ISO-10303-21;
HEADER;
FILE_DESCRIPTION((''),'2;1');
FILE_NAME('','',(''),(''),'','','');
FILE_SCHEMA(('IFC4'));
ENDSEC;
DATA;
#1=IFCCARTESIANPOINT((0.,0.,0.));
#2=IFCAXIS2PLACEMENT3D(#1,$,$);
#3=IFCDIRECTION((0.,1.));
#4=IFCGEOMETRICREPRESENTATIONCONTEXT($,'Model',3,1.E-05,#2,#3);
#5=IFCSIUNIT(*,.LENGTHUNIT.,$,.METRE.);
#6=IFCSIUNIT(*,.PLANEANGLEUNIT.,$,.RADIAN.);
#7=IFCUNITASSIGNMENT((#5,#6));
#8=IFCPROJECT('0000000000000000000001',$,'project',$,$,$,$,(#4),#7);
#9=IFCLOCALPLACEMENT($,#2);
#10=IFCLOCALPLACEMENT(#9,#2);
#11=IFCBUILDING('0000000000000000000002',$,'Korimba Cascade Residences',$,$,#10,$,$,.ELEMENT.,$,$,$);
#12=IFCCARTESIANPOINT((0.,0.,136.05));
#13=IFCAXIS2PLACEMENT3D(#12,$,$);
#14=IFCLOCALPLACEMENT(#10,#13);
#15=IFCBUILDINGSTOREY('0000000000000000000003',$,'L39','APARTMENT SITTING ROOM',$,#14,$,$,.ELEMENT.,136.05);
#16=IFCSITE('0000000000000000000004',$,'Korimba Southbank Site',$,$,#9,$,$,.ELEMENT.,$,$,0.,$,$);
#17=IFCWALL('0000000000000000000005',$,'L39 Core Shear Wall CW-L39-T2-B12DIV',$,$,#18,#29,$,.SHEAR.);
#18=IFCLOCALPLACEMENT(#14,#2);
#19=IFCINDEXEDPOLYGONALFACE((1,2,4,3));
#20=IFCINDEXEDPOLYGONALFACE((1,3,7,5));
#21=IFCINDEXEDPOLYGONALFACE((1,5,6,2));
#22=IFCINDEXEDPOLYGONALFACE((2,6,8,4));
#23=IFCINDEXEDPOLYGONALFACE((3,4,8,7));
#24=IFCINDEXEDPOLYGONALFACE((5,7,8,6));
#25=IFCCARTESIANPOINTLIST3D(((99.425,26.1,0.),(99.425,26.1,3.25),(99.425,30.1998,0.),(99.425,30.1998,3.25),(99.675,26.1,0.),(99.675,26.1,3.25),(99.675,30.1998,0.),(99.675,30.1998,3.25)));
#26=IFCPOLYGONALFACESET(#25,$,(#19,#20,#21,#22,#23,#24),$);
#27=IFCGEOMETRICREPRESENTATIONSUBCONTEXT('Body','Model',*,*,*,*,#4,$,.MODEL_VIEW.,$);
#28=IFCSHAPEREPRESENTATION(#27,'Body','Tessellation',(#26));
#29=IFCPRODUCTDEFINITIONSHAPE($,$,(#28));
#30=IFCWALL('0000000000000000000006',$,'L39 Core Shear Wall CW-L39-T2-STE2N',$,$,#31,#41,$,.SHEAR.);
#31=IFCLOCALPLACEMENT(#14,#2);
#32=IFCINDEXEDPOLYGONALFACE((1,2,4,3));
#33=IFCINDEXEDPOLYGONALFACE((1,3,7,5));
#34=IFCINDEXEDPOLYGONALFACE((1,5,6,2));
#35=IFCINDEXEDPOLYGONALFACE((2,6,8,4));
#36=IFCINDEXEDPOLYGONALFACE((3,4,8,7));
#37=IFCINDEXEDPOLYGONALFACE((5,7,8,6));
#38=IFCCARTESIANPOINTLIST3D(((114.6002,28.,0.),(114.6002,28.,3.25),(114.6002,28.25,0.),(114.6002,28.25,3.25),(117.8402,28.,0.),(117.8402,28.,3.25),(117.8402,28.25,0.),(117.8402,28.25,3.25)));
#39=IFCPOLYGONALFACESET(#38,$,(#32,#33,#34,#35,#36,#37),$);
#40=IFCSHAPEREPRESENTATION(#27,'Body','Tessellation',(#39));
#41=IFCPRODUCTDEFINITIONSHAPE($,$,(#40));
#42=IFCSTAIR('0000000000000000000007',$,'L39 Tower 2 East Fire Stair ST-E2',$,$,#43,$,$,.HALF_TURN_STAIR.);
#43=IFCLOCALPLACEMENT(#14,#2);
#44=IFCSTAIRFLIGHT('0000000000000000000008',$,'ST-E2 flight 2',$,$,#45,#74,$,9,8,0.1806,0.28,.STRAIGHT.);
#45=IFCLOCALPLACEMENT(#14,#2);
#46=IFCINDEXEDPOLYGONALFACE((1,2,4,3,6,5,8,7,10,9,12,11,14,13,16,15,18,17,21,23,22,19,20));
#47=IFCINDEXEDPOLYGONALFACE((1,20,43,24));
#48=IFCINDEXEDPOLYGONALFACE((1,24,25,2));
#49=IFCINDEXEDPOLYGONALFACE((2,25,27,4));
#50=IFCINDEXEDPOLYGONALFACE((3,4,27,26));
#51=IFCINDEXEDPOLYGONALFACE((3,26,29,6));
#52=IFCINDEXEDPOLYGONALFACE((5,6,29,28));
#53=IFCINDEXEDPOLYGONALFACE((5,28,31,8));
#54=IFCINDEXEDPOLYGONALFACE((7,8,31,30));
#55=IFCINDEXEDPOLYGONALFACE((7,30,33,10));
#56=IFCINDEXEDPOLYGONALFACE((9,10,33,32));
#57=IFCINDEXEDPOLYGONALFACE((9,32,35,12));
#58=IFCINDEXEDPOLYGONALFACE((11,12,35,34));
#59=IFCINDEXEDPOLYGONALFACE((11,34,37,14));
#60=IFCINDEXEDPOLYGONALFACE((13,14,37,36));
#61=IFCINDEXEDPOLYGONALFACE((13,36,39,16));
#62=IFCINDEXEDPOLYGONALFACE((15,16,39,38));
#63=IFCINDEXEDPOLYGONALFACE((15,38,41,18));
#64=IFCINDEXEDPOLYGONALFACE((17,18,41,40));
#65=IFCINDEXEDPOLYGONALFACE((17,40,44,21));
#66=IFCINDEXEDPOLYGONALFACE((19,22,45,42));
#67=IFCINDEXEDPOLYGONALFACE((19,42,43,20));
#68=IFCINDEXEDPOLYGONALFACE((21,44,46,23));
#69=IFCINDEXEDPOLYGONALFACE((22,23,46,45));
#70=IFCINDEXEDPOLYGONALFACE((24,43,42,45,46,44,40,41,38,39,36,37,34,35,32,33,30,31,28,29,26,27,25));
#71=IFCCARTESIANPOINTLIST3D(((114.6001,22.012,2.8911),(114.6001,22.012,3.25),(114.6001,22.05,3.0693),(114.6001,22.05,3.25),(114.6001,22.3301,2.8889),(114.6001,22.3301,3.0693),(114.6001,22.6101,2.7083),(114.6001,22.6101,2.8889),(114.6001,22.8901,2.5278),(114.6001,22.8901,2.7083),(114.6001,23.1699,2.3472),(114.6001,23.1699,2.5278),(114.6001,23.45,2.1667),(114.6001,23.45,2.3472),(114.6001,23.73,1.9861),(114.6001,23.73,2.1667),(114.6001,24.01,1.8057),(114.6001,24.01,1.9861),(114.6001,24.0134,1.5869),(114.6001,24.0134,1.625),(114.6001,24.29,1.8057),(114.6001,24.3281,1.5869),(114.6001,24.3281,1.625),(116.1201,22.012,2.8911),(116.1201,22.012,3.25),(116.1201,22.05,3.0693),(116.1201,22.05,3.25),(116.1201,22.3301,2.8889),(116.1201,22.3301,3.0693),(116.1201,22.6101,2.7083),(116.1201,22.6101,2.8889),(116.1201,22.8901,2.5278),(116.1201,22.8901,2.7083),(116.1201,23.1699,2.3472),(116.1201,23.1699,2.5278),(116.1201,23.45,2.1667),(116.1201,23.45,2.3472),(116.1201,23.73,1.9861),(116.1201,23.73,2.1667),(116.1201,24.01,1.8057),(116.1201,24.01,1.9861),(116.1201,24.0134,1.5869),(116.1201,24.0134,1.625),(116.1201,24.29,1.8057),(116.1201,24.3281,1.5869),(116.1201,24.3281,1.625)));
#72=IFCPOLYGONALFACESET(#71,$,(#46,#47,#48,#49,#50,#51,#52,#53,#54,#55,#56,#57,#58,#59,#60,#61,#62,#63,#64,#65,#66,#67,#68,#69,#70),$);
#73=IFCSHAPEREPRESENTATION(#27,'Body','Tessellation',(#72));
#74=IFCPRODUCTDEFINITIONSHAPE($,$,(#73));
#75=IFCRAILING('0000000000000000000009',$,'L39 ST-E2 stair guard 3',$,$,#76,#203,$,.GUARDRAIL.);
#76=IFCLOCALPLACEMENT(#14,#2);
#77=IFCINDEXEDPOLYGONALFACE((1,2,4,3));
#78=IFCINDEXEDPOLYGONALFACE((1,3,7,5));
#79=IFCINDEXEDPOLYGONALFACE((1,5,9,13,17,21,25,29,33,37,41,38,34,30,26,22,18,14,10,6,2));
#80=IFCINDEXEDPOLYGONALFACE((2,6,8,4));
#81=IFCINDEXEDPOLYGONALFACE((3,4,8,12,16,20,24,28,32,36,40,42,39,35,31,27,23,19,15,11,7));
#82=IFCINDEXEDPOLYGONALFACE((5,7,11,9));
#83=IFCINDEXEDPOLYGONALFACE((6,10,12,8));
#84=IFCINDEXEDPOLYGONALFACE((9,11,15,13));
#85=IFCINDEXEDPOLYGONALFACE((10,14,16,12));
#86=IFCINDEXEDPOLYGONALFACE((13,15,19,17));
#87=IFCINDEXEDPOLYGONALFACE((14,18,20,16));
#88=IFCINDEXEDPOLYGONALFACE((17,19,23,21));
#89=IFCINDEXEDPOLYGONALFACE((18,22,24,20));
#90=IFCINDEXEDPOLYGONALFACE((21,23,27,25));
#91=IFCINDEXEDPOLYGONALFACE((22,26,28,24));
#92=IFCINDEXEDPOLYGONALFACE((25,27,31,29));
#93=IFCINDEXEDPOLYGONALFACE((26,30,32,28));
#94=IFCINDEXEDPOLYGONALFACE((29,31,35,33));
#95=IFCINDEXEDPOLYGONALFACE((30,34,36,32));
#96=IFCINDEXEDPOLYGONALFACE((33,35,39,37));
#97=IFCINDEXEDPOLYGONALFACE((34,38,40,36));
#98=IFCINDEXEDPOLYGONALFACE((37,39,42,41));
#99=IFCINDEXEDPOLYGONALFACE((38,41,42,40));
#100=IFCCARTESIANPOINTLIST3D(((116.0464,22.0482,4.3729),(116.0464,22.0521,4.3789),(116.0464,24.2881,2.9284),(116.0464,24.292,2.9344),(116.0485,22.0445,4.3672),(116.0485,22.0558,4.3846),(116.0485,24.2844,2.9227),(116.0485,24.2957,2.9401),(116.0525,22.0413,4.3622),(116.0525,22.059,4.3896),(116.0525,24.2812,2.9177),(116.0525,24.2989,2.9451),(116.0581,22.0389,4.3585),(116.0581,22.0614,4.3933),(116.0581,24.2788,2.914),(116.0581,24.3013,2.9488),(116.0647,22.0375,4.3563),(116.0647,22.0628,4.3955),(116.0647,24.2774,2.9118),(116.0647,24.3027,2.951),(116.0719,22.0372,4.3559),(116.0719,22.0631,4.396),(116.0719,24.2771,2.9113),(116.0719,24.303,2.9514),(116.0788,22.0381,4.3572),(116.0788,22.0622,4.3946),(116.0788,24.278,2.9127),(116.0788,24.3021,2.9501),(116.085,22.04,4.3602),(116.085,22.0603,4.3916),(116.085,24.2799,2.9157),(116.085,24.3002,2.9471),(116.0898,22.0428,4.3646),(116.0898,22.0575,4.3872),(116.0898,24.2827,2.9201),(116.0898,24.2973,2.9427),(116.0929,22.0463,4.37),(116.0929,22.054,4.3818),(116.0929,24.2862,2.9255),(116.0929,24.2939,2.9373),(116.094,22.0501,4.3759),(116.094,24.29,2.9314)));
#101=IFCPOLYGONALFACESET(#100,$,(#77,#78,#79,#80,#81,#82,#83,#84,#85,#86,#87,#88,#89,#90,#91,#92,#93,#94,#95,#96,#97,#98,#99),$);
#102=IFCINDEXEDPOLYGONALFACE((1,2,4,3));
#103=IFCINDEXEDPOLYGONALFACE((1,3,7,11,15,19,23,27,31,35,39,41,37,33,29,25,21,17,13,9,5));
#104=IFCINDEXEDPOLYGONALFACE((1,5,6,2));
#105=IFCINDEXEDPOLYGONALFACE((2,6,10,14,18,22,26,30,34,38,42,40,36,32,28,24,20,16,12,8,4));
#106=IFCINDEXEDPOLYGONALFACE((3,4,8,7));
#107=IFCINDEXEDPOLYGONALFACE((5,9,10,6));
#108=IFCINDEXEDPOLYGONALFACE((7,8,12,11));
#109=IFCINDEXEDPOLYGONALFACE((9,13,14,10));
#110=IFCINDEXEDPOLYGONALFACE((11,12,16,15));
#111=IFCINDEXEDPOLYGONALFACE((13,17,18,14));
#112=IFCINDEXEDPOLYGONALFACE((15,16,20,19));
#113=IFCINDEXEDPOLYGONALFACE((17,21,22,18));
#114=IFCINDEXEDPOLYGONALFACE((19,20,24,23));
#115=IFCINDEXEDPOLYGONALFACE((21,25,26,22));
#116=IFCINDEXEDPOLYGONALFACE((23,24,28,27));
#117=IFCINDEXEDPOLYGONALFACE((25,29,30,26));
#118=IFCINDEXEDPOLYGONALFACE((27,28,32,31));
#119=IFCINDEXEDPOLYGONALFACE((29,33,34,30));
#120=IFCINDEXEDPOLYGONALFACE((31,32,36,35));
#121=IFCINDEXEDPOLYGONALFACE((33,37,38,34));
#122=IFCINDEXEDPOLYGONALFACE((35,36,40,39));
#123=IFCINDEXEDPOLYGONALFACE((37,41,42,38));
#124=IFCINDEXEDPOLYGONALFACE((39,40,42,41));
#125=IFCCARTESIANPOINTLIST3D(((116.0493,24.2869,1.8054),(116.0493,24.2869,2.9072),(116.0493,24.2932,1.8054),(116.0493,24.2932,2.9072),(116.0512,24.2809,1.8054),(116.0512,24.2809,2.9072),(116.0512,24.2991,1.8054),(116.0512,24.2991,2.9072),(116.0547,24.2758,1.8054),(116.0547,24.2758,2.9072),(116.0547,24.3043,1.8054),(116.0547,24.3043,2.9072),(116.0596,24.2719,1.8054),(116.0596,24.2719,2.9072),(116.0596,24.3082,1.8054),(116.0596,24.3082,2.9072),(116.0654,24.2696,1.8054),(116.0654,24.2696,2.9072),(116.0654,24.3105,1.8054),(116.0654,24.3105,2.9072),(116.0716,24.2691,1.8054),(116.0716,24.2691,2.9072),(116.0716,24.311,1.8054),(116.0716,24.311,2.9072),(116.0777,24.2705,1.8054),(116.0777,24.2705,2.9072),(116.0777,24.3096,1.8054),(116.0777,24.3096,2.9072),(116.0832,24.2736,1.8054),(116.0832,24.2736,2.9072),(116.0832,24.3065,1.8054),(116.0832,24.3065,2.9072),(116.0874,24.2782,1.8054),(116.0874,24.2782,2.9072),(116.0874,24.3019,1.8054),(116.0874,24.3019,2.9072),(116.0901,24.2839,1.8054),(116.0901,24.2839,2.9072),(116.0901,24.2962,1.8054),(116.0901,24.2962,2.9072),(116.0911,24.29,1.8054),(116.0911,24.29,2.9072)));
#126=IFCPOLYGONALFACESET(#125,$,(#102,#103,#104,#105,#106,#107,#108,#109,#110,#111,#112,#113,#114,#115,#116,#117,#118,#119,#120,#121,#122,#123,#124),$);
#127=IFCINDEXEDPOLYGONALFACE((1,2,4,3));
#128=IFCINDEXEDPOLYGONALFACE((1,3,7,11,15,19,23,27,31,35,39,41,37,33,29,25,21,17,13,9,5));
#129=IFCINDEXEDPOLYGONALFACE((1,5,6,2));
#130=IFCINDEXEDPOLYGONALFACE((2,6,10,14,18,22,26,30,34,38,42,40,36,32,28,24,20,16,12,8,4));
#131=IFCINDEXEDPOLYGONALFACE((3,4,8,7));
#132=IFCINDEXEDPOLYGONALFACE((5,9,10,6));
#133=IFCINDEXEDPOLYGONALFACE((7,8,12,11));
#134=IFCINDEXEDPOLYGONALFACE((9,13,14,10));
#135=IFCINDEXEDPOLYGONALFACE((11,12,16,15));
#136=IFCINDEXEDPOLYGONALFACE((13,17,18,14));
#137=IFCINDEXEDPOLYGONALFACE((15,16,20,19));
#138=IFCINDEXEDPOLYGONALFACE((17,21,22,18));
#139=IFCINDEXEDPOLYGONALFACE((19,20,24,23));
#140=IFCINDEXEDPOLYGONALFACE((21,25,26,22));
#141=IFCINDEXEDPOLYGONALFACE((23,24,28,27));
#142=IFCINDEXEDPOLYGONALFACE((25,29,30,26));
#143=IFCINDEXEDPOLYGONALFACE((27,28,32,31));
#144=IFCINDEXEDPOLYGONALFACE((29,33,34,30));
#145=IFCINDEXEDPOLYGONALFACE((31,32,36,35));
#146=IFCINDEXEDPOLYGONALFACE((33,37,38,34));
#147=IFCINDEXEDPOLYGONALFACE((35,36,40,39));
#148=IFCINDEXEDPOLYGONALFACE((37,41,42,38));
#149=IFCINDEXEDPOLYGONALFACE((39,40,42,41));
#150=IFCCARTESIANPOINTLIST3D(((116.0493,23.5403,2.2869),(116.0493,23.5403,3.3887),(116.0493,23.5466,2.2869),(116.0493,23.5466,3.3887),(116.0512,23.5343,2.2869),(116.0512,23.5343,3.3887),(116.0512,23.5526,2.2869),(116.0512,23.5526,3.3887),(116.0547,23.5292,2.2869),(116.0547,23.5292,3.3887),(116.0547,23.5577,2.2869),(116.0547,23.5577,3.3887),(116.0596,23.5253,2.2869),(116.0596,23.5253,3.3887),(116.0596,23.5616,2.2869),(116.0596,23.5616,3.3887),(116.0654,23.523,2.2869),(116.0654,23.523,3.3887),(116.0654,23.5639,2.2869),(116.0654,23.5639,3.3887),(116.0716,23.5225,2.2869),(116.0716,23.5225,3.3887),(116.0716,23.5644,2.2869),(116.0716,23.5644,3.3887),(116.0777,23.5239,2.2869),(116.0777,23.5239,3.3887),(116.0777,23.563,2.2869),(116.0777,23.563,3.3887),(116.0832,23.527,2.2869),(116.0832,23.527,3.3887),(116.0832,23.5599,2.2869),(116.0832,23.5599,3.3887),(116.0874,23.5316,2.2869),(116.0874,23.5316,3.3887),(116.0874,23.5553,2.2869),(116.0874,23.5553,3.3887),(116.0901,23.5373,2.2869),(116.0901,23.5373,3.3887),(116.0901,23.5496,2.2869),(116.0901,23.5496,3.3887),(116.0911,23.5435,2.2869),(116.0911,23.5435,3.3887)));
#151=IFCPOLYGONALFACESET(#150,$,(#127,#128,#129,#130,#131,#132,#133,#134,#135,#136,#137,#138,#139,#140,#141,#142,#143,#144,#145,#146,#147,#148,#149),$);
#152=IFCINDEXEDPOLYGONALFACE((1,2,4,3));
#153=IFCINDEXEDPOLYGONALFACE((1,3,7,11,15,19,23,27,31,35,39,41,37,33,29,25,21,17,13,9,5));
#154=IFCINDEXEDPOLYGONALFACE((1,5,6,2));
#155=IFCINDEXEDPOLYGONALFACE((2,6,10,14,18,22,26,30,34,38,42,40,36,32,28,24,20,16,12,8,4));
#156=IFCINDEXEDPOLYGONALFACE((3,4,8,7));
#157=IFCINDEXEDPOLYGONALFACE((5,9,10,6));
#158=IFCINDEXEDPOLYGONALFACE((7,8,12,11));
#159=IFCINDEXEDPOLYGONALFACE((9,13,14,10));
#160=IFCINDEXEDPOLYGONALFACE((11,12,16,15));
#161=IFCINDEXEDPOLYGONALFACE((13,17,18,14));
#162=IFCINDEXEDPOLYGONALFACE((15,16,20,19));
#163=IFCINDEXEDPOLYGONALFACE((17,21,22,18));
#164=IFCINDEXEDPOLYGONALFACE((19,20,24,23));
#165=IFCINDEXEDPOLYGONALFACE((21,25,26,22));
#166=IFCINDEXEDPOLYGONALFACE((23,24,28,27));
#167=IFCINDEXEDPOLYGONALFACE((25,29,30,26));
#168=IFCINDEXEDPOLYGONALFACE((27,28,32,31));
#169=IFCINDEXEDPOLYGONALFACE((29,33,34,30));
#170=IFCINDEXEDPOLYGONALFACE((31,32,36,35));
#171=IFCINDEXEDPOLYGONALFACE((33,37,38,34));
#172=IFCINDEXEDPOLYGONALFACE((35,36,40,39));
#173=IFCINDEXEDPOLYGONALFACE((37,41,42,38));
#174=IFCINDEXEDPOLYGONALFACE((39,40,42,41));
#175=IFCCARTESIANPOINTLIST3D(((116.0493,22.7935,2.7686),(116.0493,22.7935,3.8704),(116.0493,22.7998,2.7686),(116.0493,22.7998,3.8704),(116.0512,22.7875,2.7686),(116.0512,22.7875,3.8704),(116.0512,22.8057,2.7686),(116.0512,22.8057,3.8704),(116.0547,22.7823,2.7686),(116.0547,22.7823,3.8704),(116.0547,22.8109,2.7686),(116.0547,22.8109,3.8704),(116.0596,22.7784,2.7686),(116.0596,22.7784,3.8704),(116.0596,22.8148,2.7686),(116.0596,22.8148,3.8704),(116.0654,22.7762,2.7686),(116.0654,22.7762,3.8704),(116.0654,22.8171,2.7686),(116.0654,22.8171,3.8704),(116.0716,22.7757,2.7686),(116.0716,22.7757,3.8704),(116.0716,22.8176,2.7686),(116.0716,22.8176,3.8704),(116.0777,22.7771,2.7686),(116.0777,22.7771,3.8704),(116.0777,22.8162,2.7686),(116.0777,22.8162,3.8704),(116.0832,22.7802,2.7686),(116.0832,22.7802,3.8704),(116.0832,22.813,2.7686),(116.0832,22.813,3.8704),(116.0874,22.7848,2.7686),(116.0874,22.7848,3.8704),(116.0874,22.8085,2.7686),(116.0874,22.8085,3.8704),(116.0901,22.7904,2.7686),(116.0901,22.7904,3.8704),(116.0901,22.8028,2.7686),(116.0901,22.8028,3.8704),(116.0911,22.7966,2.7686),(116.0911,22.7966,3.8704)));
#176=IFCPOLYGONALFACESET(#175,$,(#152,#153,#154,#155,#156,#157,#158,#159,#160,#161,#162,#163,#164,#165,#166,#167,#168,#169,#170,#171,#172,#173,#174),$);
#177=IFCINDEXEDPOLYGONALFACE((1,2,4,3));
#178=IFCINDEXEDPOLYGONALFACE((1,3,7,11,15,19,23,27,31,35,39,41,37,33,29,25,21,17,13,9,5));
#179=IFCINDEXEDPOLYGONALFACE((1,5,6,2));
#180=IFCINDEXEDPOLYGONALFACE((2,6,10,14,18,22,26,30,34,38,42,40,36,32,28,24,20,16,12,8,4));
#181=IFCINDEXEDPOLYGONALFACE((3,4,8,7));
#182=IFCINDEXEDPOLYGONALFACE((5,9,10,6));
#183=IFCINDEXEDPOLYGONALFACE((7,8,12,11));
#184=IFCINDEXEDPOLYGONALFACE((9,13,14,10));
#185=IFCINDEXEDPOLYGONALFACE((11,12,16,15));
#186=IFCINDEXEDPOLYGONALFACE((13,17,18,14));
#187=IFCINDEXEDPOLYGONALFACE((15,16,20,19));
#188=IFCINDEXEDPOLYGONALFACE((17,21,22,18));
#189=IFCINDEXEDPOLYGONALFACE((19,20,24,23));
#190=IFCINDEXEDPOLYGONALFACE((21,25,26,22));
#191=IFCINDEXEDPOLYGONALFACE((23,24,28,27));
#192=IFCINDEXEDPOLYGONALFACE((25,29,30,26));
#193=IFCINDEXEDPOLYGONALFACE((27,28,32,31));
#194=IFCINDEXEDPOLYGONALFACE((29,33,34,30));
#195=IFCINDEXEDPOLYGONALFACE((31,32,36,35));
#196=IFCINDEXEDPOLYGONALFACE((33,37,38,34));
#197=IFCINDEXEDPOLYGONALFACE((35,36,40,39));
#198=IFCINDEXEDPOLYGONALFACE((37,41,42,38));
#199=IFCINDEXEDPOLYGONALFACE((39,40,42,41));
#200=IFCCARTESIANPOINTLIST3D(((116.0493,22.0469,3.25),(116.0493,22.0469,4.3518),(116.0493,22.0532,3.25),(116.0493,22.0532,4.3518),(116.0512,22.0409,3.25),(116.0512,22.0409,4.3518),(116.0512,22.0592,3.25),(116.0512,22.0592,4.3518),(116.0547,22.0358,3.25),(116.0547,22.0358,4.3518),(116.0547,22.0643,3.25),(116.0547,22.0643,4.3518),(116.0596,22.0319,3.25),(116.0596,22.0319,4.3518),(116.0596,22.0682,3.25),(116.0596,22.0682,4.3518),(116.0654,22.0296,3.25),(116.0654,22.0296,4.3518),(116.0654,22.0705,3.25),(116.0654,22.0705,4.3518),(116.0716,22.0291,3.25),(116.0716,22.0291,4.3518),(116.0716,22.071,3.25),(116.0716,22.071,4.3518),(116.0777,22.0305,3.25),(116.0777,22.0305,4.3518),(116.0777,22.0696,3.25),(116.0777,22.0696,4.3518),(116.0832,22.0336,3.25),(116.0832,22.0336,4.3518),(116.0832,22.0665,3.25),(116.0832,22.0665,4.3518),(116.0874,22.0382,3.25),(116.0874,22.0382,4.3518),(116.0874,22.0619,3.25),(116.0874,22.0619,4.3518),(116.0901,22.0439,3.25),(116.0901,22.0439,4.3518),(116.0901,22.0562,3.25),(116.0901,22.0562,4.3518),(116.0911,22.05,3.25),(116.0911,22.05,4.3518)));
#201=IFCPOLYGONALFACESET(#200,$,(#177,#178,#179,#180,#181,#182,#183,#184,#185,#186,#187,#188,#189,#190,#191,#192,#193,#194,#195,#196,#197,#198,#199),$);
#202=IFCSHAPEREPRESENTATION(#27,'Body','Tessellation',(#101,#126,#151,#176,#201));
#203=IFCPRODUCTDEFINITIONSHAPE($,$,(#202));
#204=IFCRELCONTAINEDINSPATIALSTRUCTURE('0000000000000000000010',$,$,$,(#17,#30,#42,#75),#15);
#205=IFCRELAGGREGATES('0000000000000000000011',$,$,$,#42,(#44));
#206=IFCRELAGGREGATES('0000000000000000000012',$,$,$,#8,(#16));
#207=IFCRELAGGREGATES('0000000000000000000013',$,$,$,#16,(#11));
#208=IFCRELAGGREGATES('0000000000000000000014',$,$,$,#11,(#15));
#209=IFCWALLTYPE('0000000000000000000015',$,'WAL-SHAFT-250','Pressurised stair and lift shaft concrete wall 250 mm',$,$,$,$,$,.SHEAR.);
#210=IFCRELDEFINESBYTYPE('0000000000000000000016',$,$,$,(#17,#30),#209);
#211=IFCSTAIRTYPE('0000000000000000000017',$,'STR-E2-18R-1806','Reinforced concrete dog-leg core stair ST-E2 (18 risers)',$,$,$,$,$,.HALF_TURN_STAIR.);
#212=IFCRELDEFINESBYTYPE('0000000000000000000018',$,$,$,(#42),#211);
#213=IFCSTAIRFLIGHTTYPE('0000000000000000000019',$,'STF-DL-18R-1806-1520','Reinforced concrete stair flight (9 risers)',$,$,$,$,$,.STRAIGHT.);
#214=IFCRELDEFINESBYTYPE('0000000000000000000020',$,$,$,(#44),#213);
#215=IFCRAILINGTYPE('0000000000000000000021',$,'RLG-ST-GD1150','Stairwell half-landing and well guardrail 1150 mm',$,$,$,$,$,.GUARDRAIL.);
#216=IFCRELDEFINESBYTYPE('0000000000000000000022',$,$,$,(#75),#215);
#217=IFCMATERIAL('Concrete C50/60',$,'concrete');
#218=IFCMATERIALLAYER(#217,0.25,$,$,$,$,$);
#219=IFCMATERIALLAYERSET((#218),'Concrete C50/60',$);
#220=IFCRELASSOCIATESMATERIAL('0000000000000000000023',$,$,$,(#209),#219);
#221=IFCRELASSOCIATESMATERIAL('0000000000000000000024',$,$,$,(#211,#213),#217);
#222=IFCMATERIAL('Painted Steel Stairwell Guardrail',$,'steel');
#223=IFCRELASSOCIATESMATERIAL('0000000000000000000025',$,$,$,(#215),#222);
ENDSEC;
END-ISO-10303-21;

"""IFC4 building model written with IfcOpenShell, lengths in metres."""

from ifc_helpers import new_model, si_unit, direction, frame, frame_2d, origin, origin_2d, place, context, subcontext, project, spatial, polyline, rectangle, circle, outline, extrude, material, layer, layer_set, type_object, element, aggregate, save


model = new_model("IFC4")

# Units and contexts
model_context = context("Model", 3, precision=1e-05, world=origin(), true_north=direction((0.0, 1.0)))
body_context = subcontext(model_context, "Body", "Model", "MODEL_VIEW")
ifc_project = project(units=[si_unit("LENGTHUNIT", "METRE"), si_unit("PLANEANGLEUNIT", "RADIAN")], contexts=[model_context])

# Site, building, storey
site_placement = place(None, origin())
site = spatial("IfcSite", under=ifc_project, at=site_placement, Name="Korimba Southbank Site", CompositionType="ELEMENT", RefElevation=0.0)
building_placement = place(site_placement, origin())
building = spatial("IfcBuilding", under=site, at=building_placement, Name="Korimba Cascade Residences", CompositionType="ELEMENT")
storey_placement = place(building_placement, frame((0.0, 0.0, 136.05)))
storey = spatial("IfcBuildingStorey", under=building, at=storey_placement, Name="L39", Description="APARTMENT SITTING ROOM", CompositionType="ELEMENT", Elevation=136.05)

# Wall
ifc_material_1 = material(Name="Concrete C50/60", Category="concrete")
ifc_layer_1 = layer(ifc_material_1, 0.25)
ifc_layer_set_1 = layer_set([ifc_layer_1], Name="Concrete C50/60")
wall_type_1 = type_object("IfcWallType", Name="WAL-SHAFT-250", Description="Pressurised stair and lift shaft concrete wall 250 mm", PredefinedType="SHEAR", material=ifc_layer_set_1)
wall_1_placement = place(storey_placement, frame((99.55, 26.1001, 0.0), z_axis=(0.0, 0.0, 1.0), x_axis=(0.0, 1.0, 0.0)))
element("IfcWall", 1, at=wall_1_placement, inside=storey, type_object=wall_type_1, Name="L39 Core Shear Wall CW-L39-T2-B12DIV", PredefinedType="SHEAR", context=body_context, shape_type="SweptSolid", body=[
    extrude(rectangle(XDim=4.0999, YDim=0.25, at=frame_2d((2.0498, 0.0))), origin(), (0.0, 0.0, 1.0), 3.25),
])

# Wall
wall_2_placement = place(storey_placement, frame((114.6001, 28.125, 0.0), z_axis=(0.0, 0.0, 1.0), x_axis=(1.0, 0.0, 0.0)))
element("IfcWall", 2, at=wall_2_placement, inside=storey, type_object=wall_type_1, Name="L39 Core Shear Wall CW-L39-T2-STE2N", PredefinedType="SHEAR", context=body_context, shape_type="SweptSolid", body=[
    extrude(rectangle(XDim=3.24, YDim=0.25, at=frame_2d((1.6201, 0.0))), origin(), (0.0, 0.0, 1.0), 3.25),
])

# Stair, stair flight
stair_type = type_object("IfcStairType", Name="STR-E2-18R-1806", Description="Reinforced concrete dog-leg core stair ST-E2 (18 risers)", PredefinedType="HALF_TURN_STAIR", material=ifc_material_1)
stair_placement = place(storey_placement, origin())
stair = element("IfcStair", 3, at=stair_placement, inside=storey, type_object=stair_type, Name="L39 Tower 2 East Fire Stair ST-E2", PredefinedType="HALF_TURN_STAIR")
stair_flight_type = type_object("IfcStairFlightType", Name="STF-DL-18R-1806-1520", Description="Reinforced concrete stair flight (9 risers)", PredefinedType="STRAIGHT", material=ifc_material_1)
stair_flight_placement = place(storey_placement, frame((115.3601, 24.29, 1.625), z_axis=(0.0, 0.0, 1.0), x_axis=(0.0, -1.0, 0.0)))
stair_flight = element("IfcStairFlight", 4, at=stair_flight_placement, type_object=stair_flight_type, Name="ST-E2 flight 2", NumberOfRisers=9, NumberOfTreads=8, PredefinedType="STRAIGHT", RiserHeight=0.1806, TreadLength=0.28, context=body_context, shape_type="SweptSolid", body=[
    extrude(outline(polyline([(-0.0381, 0.0), (0.0, 0.1807), (0.28, 0.1807), (0.28, 0.3611), (0.5601, 0.3611), (0.5601, 0.5417), (0.8401, 0.5417), (0.8401, 0.7222), (1.1201, 0.7222), (1.1201, 0.9028), (1.3999, 0.9028), (1.3999, 1.0833), (1.6799, 1.0833), (1.6799, 1.2639), (1.96, 1.2639), (1.96, 1.4443), (2.24, 1.4443), (2.24, 1.625), (2.2781, 1.625), (2.2781, 1.2661), (0.2766, 0.0), (0.2766, -0.0381), (-0.0381, -0.0381), (-0.0381, 0.0)])), frame((0.0, 0.76, 0.0), z_axis=(0.0, -1.0, 0.0), x_axis=(1.0, 0.0, 0.0)), (0.0, 0.0, 1.0), 1.52),
])
aggregate(stair, [stair_flight])

# Railing
ifc_material_2 = material(Name="Painted Steel Stairwell Guardrail", Category="steel")
railing_type_1 = type_object("IfcRailingType", Name="RLG-ST-GD1150", Description="Stairwell half-landing and well guardrail 1150 mm", PredefinedType="GUARDRAIL", material=ifc_material_2)
railing_1_placement = place(storey_placement, frame((116.0701, 24.29, 1.8054)))
element("IfcRailing", 5, at=railing_1_placement, inside=storey, type_object=railing_type_1, Name="L39 ST-E2 stair guard 3", PredefinedType="GUARDRAIL", context=body_context, shape_type="SweptSolid", body=[
    extrude(circle(Radius=0.0239, at=origin_2d()), frame((0.0, 0.0, 1.126), z_axis=(0.0, -0.840395, 0.541975), x_axis=(1.0, 0.0, 0.0)), (0.0, 0.0, 1.0), 2.6653),
    extrude(circle(Radius=0.021, at=origin_2d()), origin(), (0.0, 0.0, 1.0), 1.1018),
    extrude(circle(Radius=0.021, at=origin_2d()), frame((0.0, -0.7466, 0.4814)), (0.0, 0.0, 1.0), 1.1018),
    extrude(circle(Radius=0.021, at=origin_2d()), frame((0.0, -1.4934, 0.9631)), (0.0, 0.0, 1.0), 1.1018),
    extrude(circle(Radius=0.021, at=origin_2d()), frame((0.0, -2.24, 1.4446)), (0.0, 0.0, 1.0), 1.1018),
])

save(model, "model.ifc")
